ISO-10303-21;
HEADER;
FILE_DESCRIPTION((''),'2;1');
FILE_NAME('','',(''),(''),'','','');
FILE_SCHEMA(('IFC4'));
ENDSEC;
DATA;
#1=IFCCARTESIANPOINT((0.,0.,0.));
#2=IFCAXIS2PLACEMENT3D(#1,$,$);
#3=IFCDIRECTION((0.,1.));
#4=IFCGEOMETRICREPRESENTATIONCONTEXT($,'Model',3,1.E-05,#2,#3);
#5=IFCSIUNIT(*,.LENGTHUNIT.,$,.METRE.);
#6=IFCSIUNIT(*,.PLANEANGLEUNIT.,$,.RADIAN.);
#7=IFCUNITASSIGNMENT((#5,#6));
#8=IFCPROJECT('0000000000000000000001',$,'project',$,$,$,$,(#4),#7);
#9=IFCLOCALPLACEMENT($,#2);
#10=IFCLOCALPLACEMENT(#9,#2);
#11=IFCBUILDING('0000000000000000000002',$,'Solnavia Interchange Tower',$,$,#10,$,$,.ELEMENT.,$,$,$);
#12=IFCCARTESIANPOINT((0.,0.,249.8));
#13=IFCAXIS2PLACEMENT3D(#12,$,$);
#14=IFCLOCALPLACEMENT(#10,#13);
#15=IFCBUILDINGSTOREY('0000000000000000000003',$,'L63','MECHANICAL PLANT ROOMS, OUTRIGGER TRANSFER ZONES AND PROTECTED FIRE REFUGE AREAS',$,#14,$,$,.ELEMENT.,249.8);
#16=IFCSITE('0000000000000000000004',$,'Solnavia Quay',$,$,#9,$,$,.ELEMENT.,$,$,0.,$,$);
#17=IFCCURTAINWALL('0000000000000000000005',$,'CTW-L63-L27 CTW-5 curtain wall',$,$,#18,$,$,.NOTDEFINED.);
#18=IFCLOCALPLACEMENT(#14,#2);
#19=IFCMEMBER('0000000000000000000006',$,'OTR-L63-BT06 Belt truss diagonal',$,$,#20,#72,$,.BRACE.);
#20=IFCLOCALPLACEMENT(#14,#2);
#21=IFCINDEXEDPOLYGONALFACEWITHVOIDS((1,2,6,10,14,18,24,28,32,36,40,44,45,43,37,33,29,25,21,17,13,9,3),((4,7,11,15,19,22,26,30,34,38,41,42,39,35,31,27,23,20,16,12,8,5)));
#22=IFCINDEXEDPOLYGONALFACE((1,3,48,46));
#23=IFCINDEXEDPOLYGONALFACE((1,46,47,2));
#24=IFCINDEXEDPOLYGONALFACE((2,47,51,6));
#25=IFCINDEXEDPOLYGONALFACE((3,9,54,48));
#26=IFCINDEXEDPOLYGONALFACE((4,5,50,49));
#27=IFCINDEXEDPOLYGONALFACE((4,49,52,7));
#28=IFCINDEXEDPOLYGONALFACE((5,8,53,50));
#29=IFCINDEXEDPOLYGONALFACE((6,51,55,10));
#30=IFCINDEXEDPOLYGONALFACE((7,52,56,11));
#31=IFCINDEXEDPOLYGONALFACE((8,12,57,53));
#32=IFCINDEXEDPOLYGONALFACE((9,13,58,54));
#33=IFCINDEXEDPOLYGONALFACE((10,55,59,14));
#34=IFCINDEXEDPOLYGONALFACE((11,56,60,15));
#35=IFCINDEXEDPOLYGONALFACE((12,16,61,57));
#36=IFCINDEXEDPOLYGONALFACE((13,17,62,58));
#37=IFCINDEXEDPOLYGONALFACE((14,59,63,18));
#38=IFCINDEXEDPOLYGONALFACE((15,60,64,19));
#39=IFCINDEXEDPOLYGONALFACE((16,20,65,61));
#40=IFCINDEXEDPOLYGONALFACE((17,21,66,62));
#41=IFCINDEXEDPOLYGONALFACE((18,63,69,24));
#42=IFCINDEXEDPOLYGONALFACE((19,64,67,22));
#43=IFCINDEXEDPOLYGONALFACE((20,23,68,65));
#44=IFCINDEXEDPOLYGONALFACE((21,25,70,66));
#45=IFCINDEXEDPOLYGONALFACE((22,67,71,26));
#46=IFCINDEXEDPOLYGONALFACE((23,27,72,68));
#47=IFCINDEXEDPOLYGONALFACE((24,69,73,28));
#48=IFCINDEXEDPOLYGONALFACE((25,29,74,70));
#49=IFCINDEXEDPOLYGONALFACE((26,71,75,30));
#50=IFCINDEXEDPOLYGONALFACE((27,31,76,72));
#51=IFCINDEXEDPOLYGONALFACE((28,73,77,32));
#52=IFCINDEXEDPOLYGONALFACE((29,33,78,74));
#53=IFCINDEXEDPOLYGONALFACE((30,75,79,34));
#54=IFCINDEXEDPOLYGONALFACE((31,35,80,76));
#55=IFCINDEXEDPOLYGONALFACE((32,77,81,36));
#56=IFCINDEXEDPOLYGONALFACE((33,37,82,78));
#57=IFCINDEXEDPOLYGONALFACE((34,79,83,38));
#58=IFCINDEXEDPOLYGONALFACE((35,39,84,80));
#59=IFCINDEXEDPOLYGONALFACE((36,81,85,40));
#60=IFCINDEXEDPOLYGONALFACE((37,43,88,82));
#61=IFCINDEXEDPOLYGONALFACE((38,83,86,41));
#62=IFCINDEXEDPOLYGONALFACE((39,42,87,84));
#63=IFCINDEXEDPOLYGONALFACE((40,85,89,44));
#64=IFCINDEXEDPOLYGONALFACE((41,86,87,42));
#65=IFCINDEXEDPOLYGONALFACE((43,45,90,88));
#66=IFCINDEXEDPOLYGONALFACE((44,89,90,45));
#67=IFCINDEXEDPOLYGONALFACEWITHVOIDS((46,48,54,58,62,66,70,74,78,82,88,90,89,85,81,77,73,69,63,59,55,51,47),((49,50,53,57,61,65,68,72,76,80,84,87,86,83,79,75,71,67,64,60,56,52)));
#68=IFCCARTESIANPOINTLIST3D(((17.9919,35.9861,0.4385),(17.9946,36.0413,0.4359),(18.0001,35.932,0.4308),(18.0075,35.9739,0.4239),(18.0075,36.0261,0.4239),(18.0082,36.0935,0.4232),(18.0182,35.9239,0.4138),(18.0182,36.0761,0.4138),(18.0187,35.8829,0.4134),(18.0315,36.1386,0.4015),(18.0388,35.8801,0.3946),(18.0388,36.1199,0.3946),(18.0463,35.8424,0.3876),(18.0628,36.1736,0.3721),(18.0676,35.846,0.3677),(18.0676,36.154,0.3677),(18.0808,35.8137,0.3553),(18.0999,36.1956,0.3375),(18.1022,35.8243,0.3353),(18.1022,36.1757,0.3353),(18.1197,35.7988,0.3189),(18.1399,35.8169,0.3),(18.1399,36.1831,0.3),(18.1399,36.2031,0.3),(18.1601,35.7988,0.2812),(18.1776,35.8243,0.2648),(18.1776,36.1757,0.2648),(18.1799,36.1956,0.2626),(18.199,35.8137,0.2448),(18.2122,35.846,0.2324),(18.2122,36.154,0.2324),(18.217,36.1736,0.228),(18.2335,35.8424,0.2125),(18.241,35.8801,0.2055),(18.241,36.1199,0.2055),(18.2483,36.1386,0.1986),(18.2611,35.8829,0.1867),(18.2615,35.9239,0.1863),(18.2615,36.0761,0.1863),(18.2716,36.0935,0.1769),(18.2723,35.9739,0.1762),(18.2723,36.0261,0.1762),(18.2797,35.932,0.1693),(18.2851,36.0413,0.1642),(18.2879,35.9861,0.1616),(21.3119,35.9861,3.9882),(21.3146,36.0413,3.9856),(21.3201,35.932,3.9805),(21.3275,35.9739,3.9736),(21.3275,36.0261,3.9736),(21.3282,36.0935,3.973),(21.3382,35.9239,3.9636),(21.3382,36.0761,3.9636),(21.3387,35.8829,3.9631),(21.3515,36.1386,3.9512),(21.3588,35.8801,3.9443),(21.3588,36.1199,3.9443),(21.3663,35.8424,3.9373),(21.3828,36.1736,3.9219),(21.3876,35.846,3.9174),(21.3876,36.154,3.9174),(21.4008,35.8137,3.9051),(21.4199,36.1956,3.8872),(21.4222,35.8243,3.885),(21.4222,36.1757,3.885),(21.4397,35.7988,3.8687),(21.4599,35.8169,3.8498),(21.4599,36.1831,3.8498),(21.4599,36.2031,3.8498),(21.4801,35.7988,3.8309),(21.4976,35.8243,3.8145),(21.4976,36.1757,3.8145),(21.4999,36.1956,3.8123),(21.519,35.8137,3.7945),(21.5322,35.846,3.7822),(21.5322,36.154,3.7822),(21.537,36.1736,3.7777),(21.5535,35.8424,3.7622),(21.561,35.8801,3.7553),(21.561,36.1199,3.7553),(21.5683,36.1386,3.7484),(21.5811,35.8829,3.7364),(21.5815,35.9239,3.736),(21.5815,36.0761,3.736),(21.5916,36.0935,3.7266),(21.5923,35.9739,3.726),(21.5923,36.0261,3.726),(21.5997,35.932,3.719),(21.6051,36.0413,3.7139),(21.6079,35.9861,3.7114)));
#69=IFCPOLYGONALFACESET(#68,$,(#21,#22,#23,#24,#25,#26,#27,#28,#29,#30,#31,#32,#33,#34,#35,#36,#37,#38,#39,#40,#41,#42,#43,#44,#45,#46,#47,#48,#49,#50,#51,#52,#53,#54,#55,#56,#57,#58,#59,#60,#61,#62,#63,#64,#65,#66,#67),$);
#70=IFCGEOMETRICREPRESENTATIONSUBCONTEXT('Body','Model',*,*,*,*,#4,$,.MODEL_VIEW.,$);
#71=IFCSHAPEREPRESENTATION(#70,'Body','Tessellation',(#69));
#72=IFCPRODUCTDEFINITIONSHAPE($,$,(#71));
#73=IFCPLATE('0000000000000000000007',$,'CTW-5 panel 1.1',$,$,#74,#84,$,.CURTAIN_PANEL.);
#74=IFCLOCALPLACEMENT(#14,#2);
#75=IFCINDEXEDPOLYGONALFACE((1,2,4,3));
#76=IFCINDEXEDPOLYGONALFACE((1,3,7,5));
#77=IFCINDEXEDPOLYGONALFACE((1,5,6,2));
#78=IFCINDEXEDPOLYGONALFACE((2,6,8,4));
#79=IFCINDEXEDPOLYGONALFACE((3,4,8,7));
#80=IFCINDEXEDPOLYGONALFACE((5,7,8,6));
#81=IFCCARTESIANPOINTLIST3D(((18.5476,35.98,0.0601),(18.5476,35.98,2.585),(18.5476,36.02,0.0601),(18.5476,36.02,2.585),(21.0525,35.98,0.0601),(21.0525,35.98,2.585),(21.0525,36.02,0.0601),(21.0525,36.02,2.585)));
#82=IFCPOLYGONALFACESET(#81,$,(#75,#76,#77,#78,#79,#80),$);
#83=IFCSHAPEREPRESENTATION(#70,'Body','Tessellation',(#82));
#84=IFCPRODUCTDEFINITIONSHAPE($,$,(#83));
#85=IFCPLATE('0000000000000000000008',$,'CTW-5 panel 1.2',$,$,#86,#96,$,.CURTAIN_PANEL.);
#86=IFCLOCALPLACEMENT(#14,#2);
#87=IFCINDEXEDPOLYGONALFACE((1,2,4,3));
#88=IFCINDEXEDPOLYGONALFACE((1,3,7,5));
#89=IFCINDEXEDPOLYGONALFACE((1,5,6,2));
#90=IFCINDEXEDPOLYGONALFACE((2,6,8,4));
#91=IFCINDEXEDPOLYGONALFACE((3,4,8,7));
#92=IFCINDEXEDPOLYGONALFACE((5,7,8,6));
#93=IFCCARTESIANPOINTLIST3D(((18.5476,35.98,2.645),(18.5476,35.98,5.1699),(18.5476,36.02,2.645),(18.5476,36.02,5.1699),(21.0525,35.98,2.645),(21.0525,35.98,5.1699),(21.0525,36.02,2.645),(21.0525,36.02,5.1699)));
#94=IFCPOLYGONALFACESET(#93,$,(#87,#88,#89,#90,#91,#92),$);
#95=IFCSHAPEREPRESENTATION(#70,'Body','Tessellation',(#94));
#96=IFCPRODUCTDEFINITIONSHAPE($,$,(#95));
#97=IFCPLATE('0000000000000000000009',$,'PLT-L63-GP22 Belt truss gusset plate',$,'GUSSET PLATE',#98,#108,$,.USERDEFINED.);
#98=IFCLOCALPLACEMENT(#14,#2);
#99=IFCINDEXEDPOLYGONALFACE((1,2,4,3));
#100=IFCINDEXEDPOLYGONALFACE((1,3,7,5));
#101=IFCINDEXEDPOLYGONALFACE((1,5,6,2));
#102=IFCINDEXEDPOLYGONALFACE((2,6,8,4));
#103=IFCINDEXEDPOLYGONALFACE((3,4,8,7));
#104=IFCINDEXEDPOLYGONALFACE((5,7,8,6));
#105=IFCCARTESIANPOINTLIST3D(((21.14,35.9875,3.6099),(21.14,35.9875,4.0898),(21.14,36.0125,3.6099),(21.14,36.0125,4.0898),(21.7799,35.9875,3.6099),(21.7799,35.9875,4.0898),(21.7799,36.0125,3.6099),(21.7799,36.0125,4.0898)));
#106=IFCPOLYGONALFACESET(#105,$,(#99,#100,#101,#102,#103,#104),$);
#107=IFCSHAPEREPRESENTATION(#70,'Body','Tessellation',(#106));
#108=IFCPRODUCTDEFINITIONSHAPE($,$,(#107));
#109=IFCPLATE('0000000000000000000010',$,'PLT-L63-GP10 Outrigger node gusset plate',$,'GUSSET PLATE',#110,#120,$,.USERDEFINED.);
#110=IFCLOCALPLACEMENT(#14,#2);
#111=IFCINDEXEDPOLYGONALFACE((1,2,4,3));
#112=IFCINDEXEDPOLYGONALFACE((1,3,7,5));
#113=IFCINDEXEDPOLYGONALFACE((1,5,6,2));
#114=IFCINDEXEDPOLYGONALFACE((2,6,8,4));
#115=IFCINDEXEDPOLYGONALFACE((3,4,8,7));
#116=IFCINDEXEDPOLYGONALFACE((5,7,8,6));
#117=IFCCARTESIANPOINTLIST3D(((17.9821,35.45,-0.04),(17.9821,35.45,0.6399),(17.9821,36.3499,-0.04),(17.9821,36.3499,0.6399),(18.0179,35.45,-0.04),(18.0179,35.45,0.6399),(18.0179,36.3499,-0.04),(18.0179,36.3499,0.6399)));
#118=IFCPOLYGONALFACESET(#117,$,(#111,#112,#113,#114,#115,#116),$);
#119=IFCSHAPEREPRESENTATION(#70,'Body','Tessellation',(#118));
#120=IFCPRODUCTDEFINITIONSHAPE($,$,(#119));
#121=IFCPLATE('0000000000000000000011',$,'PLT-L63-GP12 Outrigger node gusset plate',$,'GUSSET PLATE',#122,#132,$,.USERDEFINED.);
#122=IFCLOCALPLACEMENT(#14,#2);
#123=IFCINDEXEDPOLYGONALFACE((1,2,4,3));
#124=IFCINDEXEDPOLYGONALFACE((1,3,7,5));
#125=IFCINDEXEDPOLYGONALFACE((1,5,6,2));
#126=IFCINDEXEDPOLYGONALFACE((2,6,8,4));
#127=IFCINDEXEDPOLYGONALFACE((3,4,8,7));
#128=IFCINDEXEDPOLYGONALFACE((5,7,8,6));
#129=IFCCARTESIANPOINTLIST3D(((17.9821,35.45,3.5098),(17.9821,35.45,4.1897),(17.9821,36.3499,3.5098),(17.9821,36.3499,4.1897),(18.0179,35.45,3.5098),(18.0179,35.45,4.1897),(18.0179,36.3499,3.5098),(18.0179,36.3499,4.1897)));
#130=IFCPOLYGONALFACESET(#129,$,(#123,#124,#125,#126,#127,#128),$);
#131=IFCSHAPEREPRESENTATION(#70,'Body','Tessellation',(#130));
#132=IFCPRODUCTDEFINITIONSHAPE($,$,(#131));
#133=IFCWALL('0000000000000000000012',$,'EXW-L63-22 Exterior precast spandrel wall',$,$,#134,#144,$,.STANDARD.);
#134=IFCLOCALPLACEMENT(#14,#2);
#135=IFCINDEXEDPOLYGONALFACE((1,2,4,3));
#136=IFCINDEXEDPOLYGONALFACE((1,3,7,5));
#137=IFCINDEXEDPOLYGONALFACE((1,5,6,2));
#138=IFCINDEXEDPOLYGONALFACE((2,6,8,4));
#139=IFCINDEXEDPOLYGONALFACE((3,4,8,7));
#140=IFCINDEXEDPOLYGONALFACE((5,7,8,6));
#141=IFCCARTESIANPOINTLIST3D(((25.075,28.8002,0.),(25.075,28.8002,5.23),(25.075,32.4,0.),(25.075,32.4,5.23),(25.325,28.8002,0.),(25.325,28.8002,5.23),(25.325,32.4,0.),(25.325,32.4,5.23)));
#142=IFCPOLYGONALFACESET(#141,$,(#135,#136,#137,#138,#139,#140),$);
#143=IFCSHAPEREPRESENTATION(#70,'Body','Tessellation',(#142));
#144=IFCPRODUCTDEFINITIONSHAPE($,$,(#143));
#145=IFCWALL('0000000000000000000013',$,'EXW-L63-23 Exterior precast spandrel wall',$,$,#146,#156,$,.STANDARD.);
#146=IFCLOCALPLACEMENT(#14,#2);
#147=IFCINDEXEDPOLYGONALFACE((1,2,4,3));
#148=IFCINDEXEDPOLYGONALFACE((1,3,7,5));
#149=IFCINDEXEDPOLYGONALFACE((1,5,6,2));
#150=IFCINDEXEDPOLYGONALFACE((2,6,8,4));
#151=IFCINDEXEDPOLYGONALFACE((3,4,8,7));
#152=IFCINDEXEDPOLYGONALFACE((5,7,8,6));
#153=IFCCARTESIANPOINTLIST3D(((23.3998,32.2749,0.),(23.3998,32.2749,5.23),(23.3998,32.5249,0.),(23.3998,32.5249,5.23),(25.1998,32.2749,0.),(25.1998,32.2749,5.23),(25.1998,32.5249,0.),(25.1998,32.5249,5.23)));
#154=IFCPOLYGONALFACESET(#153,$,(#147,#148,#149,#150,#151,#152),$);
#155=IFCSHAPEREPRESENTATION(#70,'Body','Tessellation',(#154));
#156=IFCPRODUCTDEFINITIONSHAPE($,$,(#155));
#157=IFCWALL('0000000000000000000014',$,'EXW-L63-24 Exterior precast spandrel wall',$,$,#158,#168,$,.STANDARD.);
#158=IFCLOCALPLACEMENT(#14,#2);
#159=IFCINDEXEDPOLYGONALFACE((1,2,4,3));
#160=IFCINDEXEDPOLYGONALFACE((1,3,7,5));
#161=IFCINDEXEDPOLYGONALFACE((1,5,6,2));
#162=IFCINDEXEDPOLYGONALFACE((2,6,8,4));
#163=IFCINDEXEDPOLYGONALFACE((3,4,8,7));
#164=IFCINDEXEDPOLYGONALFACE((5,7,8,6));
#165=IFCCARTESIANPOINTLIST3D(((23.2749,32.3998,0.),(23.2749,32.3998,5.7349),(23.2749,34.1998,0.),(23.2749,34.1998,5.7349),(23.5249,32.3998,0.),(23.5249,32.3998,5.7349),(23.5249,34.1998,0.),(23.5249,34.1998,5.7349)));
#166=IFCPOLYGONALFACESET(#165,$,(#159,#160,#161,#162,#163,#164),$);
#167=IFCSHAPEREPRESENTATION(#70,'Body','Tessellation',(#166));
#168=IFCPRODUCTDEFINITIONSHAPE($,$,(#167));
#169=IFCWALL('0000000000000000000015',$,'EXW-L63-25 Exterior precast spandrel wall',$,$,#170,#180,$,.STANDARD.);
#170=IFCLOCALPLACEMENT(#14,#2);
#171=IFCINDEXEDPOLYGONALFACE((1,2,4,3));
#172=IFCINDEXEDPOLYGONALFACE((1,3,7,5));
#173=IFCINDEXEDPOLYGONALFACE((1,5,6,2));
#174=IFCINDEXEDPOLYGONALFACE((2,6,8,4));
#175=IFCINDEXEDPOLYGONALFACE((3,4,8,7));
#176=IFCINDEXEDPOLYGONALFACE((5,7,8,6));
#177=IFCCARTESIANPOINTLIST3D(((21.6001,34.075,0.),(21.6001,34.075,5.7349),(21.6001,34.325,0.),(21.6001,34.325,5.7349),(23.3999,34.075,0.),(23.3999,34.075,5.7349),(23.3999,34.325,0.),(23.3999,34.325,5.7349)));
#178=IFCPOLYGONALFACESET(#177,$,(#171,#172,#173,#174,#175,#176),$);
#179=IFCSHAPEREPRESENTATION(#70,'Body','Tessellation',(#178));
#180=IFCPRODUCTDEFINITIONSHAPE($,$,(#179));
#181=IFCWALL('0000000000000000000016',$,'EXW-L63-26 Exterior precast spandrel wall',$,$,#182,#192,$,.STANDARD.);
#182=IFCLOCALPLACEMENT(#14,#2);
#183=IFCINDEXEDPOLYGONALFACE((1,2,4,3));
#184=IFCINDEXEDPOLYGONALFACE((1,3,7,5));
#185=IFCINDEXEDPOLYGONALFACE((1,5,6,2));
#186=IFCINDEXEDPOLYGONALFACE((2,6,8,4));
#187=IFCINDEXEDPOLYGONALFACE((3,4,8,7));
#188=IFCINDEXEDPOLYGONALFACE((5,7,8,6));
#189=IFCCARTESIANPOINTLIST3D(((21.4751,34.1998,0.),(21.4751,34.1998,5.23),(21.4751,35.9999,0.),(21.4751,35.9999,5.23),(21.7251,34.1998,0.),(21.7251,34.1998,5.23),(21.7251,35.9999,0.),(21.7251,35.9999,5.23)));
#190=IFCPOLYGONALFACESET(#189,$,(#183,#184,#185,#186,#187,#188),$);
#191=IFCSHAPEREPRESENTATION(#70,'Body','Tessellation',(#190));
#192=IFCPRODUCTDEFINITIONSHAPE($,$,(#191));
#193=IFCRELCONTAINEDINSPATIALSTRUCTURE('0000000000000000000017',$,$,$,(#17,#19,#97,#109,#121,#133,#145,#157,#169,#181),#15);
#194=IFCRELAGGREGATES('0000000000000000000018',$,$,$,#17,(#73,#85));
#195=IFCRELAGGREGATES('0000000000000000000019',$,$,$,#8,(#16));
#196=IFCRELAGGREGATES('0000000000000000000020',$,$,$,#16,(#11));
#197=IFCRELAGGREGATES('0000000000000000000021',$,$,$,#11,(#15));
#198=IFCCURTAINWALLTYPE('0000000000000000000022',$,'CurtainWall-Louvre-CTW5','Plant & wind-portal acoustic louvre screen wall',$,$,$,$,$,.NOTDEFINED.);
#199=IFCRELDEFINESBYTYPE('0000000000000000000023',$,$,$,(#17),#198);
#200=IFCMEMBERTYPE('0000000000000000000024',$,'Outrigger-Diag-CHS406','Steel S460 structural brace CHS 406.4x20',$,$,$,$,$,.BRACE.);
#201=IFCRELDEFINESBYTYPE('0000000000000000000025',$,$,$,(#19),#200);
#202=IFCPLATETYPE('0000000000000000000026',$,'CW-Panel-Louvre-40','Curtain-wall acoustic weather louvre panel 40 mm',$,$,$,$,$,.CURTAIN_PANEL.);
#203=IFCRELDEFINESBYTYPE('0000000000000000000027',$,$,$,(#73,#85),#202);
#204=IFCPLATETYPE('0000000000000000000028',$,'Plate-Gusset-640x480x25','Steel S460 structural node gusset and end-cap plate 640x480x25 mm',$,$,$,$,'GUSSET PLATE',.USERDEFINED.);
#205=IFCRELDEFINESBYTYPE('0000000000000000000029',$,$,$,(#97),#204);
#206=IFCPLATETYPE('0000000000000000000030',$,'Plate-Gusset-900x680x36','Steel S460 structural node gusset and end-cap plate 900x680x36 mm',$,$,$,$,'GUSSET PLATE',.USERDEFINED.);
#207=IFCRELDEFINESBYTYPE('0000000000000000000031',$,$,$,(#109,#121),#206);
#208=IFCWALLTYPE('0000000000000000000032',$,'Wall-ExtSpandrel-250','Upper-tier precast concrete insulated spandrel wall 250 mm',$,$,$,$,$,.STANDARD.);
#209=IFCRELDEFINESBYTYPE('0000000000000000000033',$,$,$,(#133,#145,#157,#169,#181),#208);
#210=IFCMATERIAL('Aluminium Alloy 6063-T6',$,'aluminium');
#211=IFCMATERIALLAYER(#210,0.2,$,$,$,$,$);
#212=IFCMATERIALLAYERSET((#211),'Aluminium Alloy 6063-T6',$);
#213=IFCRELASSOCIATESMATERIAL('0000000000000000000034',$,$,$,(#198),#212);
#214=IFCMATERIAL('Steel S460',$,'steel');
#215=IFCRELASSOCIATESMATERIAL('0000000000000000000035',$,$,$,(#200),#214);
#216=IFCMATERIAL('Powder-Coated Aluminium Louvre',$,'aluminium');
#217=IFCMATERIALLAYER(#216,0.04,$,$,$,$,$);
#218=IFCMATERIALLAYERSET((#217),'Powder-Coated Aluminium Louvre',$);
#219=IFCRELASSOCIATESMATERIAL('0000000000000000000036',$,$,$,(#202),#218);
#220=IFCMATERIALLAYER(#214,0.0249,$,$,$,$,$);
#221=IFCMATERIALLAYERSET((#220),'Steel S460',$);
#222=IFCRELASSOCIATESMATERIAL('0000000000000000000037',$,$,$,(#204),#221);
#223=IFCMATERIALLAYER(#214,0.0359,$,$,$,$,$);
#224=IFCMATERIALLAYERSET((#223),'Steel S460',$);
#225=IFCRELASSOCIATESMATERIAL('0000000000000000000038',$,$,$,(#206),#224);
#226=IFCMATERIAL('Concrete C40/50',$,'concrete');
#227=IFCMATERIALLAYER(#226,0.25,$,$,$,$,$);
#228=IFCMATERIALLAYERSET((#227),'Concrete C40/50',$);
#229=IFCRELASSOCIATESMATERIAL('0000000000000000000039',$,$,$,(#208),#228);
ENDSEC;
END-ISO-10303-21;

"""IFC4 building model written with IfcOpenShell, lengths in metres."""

from ifc_helpers import new_model, si_unit, direction, frame, frame_2d, origin, origin_2d, place, context, subcontext, project, spatial, rectangle, hollow_circle, extrude, material, layer, layer_set, material_profile, profile_set, type_object, element, aggregate, save


model = new_model("IFC4")

# Units and contexts
model_context = context("Model", 3, precision=1e-05, world=origin(), true_north=direction((0.0, 1.0)))
body_context = subcontext(model_context, "Body", "Model", "MODEL_VIEW")
ifc_project = project(units=[si_unit("LENGTHUNIT", "METRE"), si_unit("PLANEANGLEUNIT", "RADIAN")], contexts=[model_context])

# Site, building, storey
site_placement = place(None, origin())
site = spatial("IfcSite", under=ifc_project, at=site_placement, Name="Solnavia Quay", CompositionType="ELEMENT", RefElevation=0.0)
building_placement = place(site_placement, origin())
building = spatial("IfcBuilding", under=site, at=building_placement, Name="Solnavia Interchange Tower", CompositionType="ELEMENT")
storey_placement = place(building_placement, frame((0.0, 0.0, 249.8)))
storey = spatial("IfcBuildingStorey", under=building, at=storey_placement, Name="L63", Description="MECHANICAL PLANT ROOMS, OUTRIGGER TRANSFER ZONES AND PROTECTED FIRE REFUGE AREAS", CompositionType="ELEMENT", Elevation=249.8)

# Shared definitions
ifc_material_1 = material(Name="Aluminium Alloy 6063-T6", Category="aluminium")
ifc_layer_1 = layer(ifc_material_1, 0.2)
ifc_layer_set_1 = layer_set([ifc_layer_1], Name="Aluminium Alloy 6063-T6")
curtain_wall_type = type_object("IfcCurtainWallType", Name="CurtainWall-Louvre-CTW5", Description="Plant & wind-portal acoustic louvre screen wall", PredefinedType="NOTDEFINED", material=ifc_layer_set_1)

# Curtain wall
curtain_wall_1_placement = place(storey_placement, origin())
curtain_wall_1 = element("IfcCurtainWall", 1, at=curtain_wall_1_placement, inside=storey, type_object=curtain_wall_type, Name="CTW-L63-L27 CTW-5 curtain wall", PredefinedType="NOTDEFINED")

# Member
ifc_material_2 = material(Name="Steel S460", Category="steel")
ifc_material_profile_1 = material_profile(ifc_material_2, hollow_circle(Radius=0.2031, WallThickness=0.02, at=origin_2d()), Name="CHS 406.4x20")
ifc_profile_set_1 = profile_set([ifc_material_profile_1], Name="Steel S460")
member_type_1 = type_object("IfcMemberType", Name="Outrigger-Diag-CHS406", Description="Steel S460 structural brace CHS 406.4x20", PredefinedType="BRACE", material=ifc_profile_set_1)
member_1_placement = place(storey_placement, frame((18.1399, 36.0, 0.3), z_axis=(0.683078, 0.0, 0.730345), x_axis=(0.0, 1.0, 0.0)))
element("IfcMember", 2, at=member_1_placement, inside=storey, type_object=member_type_1, Name="OTR-L63-BT06 Belt truss diagonal", PredefinedType="BRACE", context=body_context, shape_type="SweptSolid", body=[
    extrude(hollow_circle(Radius=0.2031, WallThickness=0.02, at=origin_2d()), origin(), (0.0, 0.0, 1.0), 4.8604),
])

# Plates
ifc_material_3 = material(Name="Powder-Coated Aluminium Louvre", Category="aluminium")
ifc_layer_2 = layer(ifc_material_3, 0.04)
ifc_layer_set_2 = layer_set([ifc_layer_2], Name="Powder-Coated Aluminium Louvre")
plate_type_1 = type_object("IfcPlateType", Name="CW-Panel-Louvre-40", Description="Curtain-wall acoustic weather louvre panel 40 mm", PredefinedType="CURTAIN_PANEL", material=ifc_layer_set_2)
plate_1_placement = place(storey_placement, frame((19.8, 36.0, 0.0601), z_axis=(0.0, 0.0, 1.0), x_axis=(-1.0, 0.0, 0.0)))
plate_1 = element("IfcPlate", 3, at=plate_1_placement, type_object=plate_type_1, Name="CTW-5 panel 1.1", PredefinedType="CURTAIN_PANEL", context=body_context, shape_type="SweptSolid", body=[
    extrude(rectangle(XDim=2.5049, YDim=0.04, at=origin_2d()), origin(), (0.0, 0.0, 1.0), 2.5249),
])
plate_2_placement = place(storey_placement, frame((19.8, 36.0, 2.645), z_axis=(0.0, 0.0, 1.0), x_axis=(-1.0, 0.0, 0.0)))
plate_2 = element("IfcPlate", 4, at=plate_2_placement, type_object=plate_type_1, Name="CTW-5 panel 1.2", PredefinedType="CURTAIN_PANEL", context=body_context, shape_type="SweptSolid", body=[
    extrude(rectangle(XDim=2.5049, YDim=0.04, at=origin_2d()), origin(), (0.0, 0.0, 1.0), 2.5249),
])
aggregate(curtain_wall_1, [plate_1, plate_2])

# Plates
ifc_layer_3 = layer(ifc_material_2, 0.0249)
ifc_layer_set_3 = layer_set([ifc_layer_3], Name="Steel S460")
plate_type_2 = type_object("IfcPlateType", Name="Plate-Gusset-640x480x25", Description="Steel S460 structural node gusset and end-cap plate 640x480x25 mm", ElementType="GUSSET PLATE", PredefinedType="USERDEFINED", material=ifc_layer_set_3)
plate_3_placement = place(storey_placement, frame((21.46, 36.0, 3.6099), z_axis=(0.0, 0.0, 1.0), x_axis=(1.0, 0.0, 0.0)))
element("IfcPlate", 5, at=plate_3_placement, inside=storey, type_object=plate_type_2, Name="PLT-L63-GP22 Belt truss gusset plate", ObjectType="GUSSET PLATE", PredefinedType="USERDEFINED", context=body_context, shape_type="SweptSolid", body=[
    extrude(rectangle(XDim=0.6399, YDim=0.0249, at=origin_2d()), origin(), (0.0, 0.0, 1.0), 0.48),
])
ifc_layer_4 = layer(ifc_material_2, 0.0359)
ifc_layer_set_4 = layer_set([ifc_layer_4], Name="Steel S460")
plate_type_3 = type_object("IfcPlateType", Name="Plate-Gusset-900x680x36", Description="Steel S460 structural node gusset and end-cap plate 900x680x36 mm", ElementType="GUSSET PLATE", PredefinedType="USERDEFINED", material=ifc_layer_set_4)
for number, where, z_axis, x_axis, name in (
    (6, (18.0, 35.8999, -0.04), (0.0, 0.0, 1.0), (0.0, 1.0, 0.0), "PLT-L63-GP10 Outrigger node gusset plate"),
    (7, (18.0, 35.8999, 3.5098), (0.0, 0.0, 1.0), (0.0, 1.0, 0.0), "PLT-L63-GP12 Outrigger node gusset plate"),
):
    element("IfcPlate", number, at=place(storey_placement, frame(where, z_axis=z_axis, x_axis=x_axis)), inside=storey, type_object=plate_type_3, Name=name, ObjectType="GUSSET PLATE", PredefinedType="USERDEFINED", context=body_context, shape_type="SweptSolid", body=[
        extrude(rectangle(XDim=0.8999, YDim=0.0359, at=origin_2d()), origin(), (0.0, 0.0, 1.0), 0.6799),
    ])

# Walls
ifc_material_4 = material(Name="Concrete C40/50", Category="concrete")
ifc_layer_5 = layer(ifc_material_4, 0.25)
ifc_layer_set_5 = layer_set([ifc_layer_5], Name="Concrete C40/50")
wall_type = type_object("IfcWallType", Name="Wall-ExtSpandrel-250", Description="Upper-tier precast concrete insulated spandrel wall 250 mm", PredefinedType="STANDARD", material=ifc_layer_set_5)
wall_1_placement = place(storey_placement, frame((25.2, 32.3999, 0.0), z_axis=(0.0, 0.0, 1.0), x_axis=(0.0, -1.0, 0.0)))
element("IfcWall", 8, at=wall_1_placement, inside=storey, type_object=wall_type, Name="EXW-L63-22 Exterior precast spandrel wall", PredefinedType="STANDARD", context=body_context, shape_type="SweptSolid", body=[
    extrude(rectangle(XDim=3.5999, YDim=0.25, at=frame_2d((1.7998, 0.0))), origin(), (0.0, 0.0, 1.0), 5.23),
])
wall_2_placement = place(storey_placement, frame((23.3999, 32.3999, 0.0), z_axis=(0.0, 0.0, 1.0), x_axis=(1.0, 0.0, 0.0)))
element("IfcWall", 9, at=wall_2_placement, inside=storey, type_object=wall_type, Name="EXW-L63-23 Exterior precast spandrel wall", PredefinedType="STANDARD", context=body_context, shape_type="SweptSolid", body=[
    extrude(rectangle(XDim=1.8, YDim=0.25, at=frame_2d((0.8999, 0.0))), origin(), (0.0, 0.0, 1.0), 5.23),
])
wall_3_placement = place(storey_placement, frame((23.3999, 32.3999, 0.0), z_axis=(0.0, 0.0, 1.0), x_axis=(0.0, 1.0, 0.0)))
element("IfcWall", 10, at=wall_3_placement, inside=storey, type_object=wall_type, Name="EXW-L63-24 Exterior precast spandrel wall", PredefinedType="STANDARD", context=body_context, shape_type="SweptSolid", body=[
    extrude(rectangle(XDim=1.8, YDim=0.25, at=frame_2d((0.8999, 0.0))), origin(), (0.0, 0.0, 1.0), 5.7349),
])
wall_4_placement = place(storey_placement, frame((21.6001, 34.2, 0.0), z_axis=(0.0, 0.0, 1.0), x_axis=(1.0, 0.0, 0.0)))
element("IfcWall", 11, at=wall_4_placement, inside=storey, type_object=wall_type, Name="EXW-L63-25 Exterior precast spandrel wall", PredefinedType="STANDARD", context=body_context, shape_type="SweptSolid", body=[
    extrude(rectangle(XDim=1.7998, YDim=0.25, at=frame_2d((0.8999, 0.0))), origin(), (0.0, 0.0, 1.0), 5.7349),
])
wall_5_placement = place(storey_placement, frame((21.6001, 34.2, 0.0), z_axis=(0.0, 0.0, 1.0), x_axis=(0.0, 1.0, 0.0)))
element("IfcWall", 12, at=wall_5_placement, inside=storey, type_object=wall_type, Name="EXW-L63-26 Exterior precast spandrel wall", PredefinedType="STANDARD", context=body_context, shape_type="SweptSolid", body=[
    extrude(rectangle(XDim=1.8, YDim=0.25, at=frame_2d((0.8999, 0.0))), origin(), (0.0, 0.0, 1.0), 5.23),
])

save(model, "model.ifc")
